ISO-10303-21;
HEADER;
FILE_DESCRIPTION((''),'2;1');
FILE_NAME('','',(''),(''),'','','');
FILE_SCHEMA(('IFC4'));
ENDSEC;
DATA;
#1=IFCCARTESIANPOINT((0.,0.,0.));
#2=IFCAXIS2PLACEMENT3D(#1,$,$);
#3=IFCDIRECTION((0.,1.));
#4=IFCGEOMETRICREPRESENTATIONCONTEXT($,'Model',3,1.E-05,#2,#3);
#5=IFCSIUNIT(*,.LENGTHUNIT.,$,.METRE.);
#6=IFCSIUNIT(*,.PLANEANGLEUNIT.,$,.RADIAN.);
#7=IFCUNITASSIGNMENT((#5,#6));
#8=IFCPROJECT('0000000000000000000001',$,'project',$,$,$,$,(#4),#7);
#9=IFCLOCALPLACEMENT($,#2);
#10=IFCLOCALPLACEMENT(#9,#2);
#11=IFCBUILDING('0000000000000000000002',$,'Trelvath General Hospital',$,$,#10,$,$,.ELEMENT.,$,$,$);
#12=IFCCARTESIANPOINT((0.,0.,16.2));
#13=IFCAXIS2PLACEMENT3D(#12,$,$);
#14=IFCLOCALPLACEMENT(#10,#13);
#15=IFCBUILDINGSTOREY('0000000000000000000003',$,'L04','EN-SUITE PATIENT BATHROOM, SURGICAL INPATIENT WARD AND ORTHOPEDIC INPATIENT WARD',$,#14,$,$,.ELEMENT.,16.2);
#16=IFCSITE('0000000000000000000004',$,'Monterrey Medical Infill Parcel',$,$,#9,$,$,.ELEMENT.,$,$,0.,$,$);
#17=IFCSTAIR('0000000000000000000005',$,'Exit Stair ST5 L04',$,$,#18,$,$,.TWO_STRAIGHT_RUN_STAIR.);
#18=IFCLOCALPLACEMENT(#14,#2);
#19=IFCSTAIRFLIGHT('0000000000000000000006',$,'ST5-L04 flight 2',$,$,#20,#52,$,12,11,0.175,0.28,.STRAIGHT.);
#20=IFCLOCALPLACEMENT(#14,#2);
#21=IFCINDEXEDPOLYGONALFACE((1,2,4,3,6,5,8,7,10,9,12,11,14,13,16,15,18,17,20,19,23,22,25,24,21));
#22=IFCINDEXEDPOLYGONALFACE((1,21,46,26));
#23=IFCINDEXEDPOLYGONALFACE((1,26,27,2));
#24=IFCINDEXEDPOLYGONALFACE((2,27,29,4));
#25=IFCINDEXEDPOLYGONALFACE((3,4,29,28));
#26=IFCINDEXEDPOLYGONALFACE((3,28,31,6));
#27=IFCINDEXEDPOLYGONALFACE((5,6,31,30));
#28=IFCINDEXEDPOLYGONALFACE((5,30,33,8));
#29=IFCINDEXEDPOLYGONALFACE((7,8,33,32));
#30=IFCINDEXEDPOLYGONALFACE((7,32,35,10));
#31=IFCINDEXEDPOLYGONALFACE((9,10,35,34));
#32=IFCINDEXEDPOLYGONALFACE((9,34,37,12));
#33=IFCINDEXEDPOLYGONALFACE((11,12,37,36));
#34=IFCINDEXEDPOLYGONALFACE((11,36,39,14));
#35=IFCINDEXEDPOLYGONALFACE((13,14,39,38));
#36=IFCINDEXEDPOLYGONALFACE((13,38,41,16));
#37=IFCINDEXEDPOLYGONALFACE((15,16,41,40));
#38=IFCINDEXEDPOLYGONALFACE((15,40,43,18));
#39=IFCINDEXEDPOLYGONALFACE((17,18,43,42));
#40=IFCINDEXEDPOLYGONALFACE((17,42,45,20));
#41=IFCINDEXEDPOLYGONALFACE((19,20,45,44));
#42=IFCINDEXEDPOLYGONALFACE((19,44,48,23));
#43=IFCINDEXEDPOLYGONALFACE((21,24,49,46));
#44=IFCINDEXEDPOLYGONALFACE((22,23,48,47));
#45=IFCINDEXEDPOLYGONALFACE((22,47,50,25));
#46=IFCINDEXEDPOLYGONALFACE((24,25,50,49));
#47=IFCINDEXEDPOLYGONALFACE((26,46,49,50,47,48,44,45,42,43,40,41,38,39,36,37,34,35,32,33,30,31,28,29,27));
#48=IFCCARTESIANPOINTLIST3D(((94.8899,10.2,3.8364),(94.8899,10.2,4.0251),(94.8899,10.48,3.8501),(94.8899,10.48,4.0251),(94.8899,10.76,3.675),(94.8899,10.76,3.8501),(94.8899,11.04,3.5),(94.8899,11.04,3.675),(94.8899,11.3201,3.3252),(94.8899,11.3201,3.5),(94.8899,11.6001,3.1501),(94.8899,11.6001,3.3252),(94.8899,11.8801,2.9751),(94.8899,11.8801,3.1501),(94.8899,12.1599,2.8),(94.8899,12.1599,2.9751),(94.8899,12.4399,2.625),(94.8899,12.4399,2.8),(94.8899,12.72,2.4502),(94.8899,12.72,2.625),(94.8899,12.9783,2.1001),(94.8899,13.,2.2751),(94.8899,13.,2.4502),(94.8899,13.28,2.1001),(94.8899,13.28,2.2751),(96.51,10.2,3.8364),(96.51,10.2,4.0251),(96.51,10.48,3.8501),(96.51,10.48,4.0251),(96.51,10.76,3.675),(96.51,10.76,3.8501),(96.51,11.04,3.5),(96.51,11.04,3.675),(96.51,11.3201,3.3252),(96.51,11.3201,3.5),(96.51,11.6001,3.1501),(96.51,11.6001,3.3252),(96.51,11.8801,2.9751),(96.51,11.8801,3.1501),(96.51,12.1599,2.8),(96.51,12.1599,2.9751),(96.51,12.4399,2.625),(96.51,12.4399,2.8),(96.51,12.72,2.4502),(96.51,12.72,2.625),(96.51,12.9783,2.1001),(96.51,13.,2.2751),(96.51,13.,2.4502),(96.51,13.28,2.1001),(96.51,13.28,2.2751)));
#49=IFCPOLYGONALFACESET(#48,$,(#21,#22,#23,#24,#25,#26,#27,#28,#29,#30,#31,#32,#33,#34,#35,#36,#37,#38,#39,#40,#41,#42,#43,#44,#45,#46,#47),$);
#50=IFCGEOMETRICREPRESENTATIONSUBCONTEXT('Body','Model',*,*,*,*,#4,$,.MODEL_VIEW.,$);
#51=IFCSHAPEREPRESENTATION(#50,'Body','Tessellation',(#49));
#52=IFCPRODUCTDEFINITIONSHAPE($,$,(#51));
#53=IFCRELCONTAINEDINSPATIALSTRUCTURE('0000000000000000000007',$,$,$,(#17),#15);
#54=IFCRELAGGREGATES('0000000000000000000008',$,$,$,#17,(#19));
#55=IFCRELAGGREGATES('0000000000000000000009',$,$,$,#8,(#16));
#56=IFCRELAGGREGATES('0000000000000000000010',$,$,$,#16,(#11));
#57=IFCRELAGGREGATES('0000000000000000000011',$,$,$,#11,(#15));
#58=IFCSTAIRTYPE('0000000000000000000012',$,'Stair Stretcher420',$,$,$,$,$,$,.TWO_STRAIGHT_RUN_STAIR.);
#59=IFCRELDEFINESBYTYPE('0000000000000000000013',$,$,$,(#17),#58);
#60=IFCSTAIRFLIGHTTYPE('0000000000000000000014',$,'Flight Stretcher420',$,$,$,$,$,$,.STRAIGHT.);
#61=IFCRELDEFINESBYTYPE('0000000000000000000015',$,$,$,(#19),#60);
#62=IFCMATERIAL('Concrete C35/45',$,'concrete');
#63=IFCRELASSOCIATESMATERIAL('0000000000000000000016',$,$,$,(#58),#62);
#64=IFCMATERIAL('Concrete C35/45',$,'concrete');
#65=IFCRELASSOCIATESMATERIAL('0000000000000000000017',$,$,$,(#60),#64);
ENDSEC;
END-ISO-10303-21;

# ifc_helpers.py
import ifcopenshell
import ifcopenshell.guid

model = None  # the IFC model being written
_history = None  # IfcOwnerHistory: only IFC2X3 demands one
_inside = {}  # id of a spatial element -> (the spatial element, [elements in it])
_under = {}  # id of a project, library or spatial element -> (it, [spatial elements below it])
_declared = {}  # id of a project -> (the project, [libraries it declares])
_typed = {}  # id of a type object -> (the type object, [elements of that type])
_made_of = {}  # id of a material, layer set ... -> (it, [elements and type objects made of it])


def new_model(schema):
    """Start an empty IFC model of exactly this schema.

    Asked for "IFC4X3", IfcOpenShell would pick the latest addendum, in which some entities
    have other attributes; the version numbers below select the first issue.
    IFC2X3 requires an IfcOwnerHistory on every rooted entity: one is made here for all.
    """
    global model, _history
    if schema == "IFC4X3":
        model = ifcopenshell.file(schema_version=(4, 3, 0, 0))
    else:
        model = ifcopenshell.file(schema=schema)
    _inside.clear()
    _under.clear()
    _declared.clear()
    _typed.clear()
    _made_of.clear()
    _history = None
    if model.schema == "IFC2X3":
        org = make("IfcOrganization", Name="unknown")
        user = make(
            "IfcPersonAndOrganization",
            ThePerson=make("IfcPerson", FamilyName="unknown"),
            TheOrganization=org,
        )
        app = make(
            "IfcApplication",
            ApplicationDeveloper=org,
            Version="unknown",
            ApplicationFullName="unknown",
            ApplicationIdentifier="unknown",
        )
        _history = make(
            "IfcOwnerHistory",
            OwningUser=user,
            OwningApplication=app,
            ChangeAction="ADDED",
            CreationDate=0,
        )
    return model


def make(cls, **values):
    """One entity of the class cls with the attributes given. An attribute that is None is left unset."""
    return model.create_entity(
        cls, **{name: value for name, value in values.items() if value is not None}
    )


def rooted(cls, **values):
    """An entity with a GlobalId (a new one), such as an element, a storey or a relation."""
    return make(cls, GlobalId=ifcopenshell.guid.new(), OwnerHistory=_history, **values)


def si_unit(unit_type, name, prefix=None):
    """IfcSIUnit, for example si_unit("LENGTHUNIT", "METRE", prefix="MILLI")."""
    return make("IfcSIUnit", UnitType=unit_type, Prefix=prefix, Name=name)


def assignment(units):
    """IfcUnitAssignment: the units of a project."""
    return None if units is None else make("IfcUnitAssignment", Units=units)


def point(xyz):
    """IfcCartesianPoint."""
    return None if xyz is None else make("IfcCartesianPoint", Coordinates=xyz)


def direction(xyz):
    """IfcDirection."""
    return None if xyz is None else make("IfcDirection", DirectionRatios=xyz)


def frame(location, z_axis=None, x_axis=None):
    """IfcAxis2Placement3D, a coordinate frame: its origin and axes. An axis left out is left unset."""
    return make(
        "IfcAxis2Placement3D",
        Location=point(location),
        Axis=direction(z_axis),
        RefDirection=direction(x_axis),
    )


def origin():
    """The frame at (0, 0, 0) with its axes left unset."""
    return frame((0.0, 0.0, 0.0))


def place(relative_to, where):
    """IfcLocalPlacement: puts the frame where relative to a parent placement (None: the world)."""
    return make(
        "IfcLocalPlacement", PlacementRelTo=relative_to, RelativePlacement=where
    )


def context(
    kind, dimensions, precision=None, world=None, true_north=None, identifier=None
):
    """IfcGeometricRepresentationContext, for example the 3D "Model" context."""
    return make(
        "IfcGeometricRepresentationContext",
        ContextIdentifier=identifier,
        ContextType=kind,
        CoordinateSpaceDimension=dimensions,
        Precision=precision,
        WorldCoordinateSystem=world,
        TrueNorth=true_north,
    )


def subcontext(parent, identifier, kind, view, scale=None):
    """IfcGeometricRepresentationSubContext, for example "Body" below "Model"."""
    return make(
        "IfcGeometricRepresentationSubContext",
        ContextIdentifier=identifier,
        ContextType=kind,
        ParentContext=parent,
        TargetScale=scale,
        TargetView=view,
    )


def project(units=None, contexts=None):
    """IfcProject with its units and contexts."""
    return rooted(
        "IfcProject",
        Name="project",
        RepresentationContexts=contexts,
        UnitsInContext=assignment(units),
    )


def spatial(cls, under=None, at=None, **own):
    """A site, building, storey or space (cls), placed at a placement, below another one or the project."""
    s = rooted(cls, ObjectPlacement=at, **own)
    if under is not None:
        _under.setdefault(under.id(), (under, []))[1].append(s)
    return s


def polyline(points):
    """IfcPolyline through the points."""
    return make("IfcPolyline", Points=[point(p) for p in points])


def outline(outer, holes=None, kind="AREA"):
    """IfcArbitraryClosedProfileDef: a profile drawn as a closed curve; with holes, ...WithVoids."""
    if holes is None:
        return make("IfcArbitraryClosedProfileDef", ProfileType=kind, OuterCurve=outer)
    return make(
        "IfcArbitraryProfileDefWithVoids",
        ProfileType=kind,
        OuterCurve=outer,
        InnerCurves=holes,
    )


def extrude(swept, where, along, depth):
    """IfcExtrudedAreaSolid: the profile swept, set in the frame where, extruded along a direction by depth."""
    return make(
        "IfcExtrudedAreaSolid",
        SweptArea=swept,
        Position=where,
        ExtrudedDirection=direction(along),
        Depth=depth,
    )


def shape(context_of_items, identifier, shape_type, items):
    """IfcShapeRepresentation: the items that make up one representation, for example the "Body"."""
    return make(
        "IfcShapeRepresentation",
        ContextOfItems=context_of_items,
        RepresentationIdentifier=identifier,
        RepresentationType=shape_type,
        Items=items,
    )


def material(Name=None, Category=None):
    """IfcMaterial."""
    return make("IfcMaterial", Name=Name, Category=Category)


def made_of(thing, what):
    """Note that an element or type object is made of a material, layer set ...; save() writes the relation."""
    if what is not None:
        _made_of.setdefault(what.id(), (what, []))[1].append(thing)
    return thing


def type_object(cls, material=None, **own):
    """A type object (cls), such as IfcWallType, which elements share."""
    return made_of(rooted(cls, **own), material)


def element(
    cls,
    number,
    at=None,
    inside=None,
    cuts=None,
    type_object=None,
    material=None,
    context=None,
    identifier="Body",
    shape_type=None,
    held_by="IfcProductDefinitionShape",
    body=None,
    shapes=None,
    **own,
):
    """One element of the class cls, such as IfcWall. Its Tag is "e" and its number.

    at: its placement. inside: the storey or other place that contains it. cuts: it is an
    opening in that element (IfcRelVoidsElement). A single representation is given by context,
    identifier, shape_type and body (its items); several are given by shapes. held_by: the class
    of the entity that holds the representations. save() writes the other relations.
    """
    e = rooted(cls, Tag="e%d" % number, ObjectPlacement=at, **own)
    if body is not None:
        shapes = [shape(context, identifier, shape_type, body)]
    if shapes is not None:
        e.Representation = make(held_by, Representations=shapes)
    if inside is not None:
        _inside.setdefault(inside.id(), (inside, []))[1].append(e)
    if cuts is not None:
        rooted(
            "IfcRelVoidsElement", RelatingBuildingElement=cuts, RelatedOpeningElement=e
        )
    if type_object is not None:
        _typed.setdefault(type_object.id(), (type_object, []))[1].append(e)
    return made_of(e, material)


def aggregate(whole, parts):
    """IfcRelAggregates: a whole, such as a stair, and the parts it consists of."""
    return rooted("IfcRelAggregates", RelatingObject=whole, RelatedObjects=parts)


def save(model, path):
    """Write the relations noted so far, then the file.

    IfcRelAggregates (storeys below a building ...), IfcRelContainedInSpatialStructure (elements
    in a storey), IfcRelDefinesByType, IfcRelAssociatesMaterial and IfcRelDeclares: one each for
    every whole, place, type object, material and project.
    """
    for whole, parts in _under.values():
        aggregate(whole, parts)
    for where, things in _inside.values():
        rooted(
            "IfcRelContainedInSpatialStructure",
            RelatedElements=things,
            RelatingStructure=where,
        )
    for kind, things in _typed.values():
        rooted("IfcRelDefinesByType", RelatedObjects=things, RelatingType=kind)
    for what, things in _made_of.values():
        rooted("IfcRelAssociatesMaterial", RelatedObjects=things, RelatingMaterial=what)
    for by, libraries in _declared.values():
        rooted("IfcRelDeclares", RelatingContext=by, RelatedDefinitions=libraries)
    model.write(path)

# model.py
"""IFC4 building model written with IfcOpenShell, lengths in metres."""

from ifc_helpers import new_model, si_unit, direction, frame, origin, place, context, subcontext, project, spatial, polyline, outline, extrude, material, type_object, element, aggregate, save


model = new_model("IFC4")

# Units and contexts
model_context = context("Model", 3, precision=1e-05, world=origin(), true_north=direction((0.0, 1.0)))
body_context = subcontext(model_context, "Body", "Model", "MODEL_VIEW")
ifc_project = project(units=[si_unit("LENGTHUNIT", "METRE"), si_unit("PLANEANGLEUNIT", "RADIAN")], contexts=[model_context])

# Site, building, storey
site_placement = place(None, origin())
site = spatial("IfcSite", under=ifc_project, at=site_placement, Name="Monterrey Medical Infill Parcel", CompositionType="ELEMENT", RefElevation=0.0)
building_placement = place(site_placement, origin())
building = spatial("IfcBuilding", under=site, at=building_placement, Name="Trelvath General Hospital", CompositionType="ELEMENT")
storey_placement = place(building_placement, frame((0.0, 0.0, 16.2)))
storey = spatial("IfcBuildingStorey", under=building, at=storey_placement, Name="L04", Description="EN-SUITE PATIENT BATHROOM, SURGICAL INPATIENT WARD AND ORTHOPEDIC INPATIENT WARD", CompositionType="ELEMENT", Elevation=16.2)

# Stair, stair flight
ifc_material_1 = material(Name="Concrete C35/45", Category="concrete")
stair_type = type_object("IfcStairType", Name="Stair Stretcher420", PredefinedType="TWO_STRAIGHT_RUN_STAIR", material=ifc_material_1)
stair_placement = place(storey_placement, origin())
stair = element("IfcStair", 1, at=stair_placement, inside=storey, type_object=stair_type, Name="Exit Stair ST5 L04", PredefinedType="TWO_STRAIGHT_RUN_STAIR")
ifc_material_2 = material(Name="Concrete C35/45", Category="concrete")
stair_flight_type = type_object("IfcStairFlightType", Name="Flight Stretcher420", PredefinedType="STRAIGHT", material=ifc_material_2)
stair_flight_placement = place(storey_placement, frame((95.7, 13.28, 2.1001), z_axis=(0.0, 0.0, 1.0), x_axis=(0.0, -1.0, 0.0)))
stair_flight = element("IfcStairFlight", 2, at=stair_flight_placement, type_object=stair_flight_type, Name="ST5-L04 flight 2", NumberOfRisers=12, NumberOfTreads=11, PredefinedType="STRAIGHT", RiserHeight=0.175, TreadLength=0.28, context=body_context, shape_type="SweptSolid", body=[
    extrude(outline(polyline([(0.0, 0.0), (0.0, 0.175), (0.28, 0.175), (0.28, 0.3501), (0.5601, 0.3501), (0.5601, 0.5249), (0.8401, 0.5249), (0.8401, 0.7), (1.1201, 0.7), (1.1201, 0.875), (1.3999, 0.875), (1.3999, 1.05), (1.6799, 1.05), (1.6799, 1.2251), (1.96, 1.2251), (1.96, 1.3999), (2.24, 1.3999), (2.24, 1.575), (2.52, 1.575), (2.52, 1.75), (2.8, 1.75), (2.8, 1.925), (3.0801, 1.925), (3.0801, 2.1001), (3.0801, 1.7363), (0.3018, 0.0), (0.0, 0.0)])), frame((0.0, 0.8101, 0.0), z_axis=(0.0, -1.0, 0.0), x_axis=(1.0, 0.0, 0.0)), (0.0, 0.0, 1.0), 1.6201),
])
aggregate(stair, [stair_flight])

save(model, "model.ifc")
